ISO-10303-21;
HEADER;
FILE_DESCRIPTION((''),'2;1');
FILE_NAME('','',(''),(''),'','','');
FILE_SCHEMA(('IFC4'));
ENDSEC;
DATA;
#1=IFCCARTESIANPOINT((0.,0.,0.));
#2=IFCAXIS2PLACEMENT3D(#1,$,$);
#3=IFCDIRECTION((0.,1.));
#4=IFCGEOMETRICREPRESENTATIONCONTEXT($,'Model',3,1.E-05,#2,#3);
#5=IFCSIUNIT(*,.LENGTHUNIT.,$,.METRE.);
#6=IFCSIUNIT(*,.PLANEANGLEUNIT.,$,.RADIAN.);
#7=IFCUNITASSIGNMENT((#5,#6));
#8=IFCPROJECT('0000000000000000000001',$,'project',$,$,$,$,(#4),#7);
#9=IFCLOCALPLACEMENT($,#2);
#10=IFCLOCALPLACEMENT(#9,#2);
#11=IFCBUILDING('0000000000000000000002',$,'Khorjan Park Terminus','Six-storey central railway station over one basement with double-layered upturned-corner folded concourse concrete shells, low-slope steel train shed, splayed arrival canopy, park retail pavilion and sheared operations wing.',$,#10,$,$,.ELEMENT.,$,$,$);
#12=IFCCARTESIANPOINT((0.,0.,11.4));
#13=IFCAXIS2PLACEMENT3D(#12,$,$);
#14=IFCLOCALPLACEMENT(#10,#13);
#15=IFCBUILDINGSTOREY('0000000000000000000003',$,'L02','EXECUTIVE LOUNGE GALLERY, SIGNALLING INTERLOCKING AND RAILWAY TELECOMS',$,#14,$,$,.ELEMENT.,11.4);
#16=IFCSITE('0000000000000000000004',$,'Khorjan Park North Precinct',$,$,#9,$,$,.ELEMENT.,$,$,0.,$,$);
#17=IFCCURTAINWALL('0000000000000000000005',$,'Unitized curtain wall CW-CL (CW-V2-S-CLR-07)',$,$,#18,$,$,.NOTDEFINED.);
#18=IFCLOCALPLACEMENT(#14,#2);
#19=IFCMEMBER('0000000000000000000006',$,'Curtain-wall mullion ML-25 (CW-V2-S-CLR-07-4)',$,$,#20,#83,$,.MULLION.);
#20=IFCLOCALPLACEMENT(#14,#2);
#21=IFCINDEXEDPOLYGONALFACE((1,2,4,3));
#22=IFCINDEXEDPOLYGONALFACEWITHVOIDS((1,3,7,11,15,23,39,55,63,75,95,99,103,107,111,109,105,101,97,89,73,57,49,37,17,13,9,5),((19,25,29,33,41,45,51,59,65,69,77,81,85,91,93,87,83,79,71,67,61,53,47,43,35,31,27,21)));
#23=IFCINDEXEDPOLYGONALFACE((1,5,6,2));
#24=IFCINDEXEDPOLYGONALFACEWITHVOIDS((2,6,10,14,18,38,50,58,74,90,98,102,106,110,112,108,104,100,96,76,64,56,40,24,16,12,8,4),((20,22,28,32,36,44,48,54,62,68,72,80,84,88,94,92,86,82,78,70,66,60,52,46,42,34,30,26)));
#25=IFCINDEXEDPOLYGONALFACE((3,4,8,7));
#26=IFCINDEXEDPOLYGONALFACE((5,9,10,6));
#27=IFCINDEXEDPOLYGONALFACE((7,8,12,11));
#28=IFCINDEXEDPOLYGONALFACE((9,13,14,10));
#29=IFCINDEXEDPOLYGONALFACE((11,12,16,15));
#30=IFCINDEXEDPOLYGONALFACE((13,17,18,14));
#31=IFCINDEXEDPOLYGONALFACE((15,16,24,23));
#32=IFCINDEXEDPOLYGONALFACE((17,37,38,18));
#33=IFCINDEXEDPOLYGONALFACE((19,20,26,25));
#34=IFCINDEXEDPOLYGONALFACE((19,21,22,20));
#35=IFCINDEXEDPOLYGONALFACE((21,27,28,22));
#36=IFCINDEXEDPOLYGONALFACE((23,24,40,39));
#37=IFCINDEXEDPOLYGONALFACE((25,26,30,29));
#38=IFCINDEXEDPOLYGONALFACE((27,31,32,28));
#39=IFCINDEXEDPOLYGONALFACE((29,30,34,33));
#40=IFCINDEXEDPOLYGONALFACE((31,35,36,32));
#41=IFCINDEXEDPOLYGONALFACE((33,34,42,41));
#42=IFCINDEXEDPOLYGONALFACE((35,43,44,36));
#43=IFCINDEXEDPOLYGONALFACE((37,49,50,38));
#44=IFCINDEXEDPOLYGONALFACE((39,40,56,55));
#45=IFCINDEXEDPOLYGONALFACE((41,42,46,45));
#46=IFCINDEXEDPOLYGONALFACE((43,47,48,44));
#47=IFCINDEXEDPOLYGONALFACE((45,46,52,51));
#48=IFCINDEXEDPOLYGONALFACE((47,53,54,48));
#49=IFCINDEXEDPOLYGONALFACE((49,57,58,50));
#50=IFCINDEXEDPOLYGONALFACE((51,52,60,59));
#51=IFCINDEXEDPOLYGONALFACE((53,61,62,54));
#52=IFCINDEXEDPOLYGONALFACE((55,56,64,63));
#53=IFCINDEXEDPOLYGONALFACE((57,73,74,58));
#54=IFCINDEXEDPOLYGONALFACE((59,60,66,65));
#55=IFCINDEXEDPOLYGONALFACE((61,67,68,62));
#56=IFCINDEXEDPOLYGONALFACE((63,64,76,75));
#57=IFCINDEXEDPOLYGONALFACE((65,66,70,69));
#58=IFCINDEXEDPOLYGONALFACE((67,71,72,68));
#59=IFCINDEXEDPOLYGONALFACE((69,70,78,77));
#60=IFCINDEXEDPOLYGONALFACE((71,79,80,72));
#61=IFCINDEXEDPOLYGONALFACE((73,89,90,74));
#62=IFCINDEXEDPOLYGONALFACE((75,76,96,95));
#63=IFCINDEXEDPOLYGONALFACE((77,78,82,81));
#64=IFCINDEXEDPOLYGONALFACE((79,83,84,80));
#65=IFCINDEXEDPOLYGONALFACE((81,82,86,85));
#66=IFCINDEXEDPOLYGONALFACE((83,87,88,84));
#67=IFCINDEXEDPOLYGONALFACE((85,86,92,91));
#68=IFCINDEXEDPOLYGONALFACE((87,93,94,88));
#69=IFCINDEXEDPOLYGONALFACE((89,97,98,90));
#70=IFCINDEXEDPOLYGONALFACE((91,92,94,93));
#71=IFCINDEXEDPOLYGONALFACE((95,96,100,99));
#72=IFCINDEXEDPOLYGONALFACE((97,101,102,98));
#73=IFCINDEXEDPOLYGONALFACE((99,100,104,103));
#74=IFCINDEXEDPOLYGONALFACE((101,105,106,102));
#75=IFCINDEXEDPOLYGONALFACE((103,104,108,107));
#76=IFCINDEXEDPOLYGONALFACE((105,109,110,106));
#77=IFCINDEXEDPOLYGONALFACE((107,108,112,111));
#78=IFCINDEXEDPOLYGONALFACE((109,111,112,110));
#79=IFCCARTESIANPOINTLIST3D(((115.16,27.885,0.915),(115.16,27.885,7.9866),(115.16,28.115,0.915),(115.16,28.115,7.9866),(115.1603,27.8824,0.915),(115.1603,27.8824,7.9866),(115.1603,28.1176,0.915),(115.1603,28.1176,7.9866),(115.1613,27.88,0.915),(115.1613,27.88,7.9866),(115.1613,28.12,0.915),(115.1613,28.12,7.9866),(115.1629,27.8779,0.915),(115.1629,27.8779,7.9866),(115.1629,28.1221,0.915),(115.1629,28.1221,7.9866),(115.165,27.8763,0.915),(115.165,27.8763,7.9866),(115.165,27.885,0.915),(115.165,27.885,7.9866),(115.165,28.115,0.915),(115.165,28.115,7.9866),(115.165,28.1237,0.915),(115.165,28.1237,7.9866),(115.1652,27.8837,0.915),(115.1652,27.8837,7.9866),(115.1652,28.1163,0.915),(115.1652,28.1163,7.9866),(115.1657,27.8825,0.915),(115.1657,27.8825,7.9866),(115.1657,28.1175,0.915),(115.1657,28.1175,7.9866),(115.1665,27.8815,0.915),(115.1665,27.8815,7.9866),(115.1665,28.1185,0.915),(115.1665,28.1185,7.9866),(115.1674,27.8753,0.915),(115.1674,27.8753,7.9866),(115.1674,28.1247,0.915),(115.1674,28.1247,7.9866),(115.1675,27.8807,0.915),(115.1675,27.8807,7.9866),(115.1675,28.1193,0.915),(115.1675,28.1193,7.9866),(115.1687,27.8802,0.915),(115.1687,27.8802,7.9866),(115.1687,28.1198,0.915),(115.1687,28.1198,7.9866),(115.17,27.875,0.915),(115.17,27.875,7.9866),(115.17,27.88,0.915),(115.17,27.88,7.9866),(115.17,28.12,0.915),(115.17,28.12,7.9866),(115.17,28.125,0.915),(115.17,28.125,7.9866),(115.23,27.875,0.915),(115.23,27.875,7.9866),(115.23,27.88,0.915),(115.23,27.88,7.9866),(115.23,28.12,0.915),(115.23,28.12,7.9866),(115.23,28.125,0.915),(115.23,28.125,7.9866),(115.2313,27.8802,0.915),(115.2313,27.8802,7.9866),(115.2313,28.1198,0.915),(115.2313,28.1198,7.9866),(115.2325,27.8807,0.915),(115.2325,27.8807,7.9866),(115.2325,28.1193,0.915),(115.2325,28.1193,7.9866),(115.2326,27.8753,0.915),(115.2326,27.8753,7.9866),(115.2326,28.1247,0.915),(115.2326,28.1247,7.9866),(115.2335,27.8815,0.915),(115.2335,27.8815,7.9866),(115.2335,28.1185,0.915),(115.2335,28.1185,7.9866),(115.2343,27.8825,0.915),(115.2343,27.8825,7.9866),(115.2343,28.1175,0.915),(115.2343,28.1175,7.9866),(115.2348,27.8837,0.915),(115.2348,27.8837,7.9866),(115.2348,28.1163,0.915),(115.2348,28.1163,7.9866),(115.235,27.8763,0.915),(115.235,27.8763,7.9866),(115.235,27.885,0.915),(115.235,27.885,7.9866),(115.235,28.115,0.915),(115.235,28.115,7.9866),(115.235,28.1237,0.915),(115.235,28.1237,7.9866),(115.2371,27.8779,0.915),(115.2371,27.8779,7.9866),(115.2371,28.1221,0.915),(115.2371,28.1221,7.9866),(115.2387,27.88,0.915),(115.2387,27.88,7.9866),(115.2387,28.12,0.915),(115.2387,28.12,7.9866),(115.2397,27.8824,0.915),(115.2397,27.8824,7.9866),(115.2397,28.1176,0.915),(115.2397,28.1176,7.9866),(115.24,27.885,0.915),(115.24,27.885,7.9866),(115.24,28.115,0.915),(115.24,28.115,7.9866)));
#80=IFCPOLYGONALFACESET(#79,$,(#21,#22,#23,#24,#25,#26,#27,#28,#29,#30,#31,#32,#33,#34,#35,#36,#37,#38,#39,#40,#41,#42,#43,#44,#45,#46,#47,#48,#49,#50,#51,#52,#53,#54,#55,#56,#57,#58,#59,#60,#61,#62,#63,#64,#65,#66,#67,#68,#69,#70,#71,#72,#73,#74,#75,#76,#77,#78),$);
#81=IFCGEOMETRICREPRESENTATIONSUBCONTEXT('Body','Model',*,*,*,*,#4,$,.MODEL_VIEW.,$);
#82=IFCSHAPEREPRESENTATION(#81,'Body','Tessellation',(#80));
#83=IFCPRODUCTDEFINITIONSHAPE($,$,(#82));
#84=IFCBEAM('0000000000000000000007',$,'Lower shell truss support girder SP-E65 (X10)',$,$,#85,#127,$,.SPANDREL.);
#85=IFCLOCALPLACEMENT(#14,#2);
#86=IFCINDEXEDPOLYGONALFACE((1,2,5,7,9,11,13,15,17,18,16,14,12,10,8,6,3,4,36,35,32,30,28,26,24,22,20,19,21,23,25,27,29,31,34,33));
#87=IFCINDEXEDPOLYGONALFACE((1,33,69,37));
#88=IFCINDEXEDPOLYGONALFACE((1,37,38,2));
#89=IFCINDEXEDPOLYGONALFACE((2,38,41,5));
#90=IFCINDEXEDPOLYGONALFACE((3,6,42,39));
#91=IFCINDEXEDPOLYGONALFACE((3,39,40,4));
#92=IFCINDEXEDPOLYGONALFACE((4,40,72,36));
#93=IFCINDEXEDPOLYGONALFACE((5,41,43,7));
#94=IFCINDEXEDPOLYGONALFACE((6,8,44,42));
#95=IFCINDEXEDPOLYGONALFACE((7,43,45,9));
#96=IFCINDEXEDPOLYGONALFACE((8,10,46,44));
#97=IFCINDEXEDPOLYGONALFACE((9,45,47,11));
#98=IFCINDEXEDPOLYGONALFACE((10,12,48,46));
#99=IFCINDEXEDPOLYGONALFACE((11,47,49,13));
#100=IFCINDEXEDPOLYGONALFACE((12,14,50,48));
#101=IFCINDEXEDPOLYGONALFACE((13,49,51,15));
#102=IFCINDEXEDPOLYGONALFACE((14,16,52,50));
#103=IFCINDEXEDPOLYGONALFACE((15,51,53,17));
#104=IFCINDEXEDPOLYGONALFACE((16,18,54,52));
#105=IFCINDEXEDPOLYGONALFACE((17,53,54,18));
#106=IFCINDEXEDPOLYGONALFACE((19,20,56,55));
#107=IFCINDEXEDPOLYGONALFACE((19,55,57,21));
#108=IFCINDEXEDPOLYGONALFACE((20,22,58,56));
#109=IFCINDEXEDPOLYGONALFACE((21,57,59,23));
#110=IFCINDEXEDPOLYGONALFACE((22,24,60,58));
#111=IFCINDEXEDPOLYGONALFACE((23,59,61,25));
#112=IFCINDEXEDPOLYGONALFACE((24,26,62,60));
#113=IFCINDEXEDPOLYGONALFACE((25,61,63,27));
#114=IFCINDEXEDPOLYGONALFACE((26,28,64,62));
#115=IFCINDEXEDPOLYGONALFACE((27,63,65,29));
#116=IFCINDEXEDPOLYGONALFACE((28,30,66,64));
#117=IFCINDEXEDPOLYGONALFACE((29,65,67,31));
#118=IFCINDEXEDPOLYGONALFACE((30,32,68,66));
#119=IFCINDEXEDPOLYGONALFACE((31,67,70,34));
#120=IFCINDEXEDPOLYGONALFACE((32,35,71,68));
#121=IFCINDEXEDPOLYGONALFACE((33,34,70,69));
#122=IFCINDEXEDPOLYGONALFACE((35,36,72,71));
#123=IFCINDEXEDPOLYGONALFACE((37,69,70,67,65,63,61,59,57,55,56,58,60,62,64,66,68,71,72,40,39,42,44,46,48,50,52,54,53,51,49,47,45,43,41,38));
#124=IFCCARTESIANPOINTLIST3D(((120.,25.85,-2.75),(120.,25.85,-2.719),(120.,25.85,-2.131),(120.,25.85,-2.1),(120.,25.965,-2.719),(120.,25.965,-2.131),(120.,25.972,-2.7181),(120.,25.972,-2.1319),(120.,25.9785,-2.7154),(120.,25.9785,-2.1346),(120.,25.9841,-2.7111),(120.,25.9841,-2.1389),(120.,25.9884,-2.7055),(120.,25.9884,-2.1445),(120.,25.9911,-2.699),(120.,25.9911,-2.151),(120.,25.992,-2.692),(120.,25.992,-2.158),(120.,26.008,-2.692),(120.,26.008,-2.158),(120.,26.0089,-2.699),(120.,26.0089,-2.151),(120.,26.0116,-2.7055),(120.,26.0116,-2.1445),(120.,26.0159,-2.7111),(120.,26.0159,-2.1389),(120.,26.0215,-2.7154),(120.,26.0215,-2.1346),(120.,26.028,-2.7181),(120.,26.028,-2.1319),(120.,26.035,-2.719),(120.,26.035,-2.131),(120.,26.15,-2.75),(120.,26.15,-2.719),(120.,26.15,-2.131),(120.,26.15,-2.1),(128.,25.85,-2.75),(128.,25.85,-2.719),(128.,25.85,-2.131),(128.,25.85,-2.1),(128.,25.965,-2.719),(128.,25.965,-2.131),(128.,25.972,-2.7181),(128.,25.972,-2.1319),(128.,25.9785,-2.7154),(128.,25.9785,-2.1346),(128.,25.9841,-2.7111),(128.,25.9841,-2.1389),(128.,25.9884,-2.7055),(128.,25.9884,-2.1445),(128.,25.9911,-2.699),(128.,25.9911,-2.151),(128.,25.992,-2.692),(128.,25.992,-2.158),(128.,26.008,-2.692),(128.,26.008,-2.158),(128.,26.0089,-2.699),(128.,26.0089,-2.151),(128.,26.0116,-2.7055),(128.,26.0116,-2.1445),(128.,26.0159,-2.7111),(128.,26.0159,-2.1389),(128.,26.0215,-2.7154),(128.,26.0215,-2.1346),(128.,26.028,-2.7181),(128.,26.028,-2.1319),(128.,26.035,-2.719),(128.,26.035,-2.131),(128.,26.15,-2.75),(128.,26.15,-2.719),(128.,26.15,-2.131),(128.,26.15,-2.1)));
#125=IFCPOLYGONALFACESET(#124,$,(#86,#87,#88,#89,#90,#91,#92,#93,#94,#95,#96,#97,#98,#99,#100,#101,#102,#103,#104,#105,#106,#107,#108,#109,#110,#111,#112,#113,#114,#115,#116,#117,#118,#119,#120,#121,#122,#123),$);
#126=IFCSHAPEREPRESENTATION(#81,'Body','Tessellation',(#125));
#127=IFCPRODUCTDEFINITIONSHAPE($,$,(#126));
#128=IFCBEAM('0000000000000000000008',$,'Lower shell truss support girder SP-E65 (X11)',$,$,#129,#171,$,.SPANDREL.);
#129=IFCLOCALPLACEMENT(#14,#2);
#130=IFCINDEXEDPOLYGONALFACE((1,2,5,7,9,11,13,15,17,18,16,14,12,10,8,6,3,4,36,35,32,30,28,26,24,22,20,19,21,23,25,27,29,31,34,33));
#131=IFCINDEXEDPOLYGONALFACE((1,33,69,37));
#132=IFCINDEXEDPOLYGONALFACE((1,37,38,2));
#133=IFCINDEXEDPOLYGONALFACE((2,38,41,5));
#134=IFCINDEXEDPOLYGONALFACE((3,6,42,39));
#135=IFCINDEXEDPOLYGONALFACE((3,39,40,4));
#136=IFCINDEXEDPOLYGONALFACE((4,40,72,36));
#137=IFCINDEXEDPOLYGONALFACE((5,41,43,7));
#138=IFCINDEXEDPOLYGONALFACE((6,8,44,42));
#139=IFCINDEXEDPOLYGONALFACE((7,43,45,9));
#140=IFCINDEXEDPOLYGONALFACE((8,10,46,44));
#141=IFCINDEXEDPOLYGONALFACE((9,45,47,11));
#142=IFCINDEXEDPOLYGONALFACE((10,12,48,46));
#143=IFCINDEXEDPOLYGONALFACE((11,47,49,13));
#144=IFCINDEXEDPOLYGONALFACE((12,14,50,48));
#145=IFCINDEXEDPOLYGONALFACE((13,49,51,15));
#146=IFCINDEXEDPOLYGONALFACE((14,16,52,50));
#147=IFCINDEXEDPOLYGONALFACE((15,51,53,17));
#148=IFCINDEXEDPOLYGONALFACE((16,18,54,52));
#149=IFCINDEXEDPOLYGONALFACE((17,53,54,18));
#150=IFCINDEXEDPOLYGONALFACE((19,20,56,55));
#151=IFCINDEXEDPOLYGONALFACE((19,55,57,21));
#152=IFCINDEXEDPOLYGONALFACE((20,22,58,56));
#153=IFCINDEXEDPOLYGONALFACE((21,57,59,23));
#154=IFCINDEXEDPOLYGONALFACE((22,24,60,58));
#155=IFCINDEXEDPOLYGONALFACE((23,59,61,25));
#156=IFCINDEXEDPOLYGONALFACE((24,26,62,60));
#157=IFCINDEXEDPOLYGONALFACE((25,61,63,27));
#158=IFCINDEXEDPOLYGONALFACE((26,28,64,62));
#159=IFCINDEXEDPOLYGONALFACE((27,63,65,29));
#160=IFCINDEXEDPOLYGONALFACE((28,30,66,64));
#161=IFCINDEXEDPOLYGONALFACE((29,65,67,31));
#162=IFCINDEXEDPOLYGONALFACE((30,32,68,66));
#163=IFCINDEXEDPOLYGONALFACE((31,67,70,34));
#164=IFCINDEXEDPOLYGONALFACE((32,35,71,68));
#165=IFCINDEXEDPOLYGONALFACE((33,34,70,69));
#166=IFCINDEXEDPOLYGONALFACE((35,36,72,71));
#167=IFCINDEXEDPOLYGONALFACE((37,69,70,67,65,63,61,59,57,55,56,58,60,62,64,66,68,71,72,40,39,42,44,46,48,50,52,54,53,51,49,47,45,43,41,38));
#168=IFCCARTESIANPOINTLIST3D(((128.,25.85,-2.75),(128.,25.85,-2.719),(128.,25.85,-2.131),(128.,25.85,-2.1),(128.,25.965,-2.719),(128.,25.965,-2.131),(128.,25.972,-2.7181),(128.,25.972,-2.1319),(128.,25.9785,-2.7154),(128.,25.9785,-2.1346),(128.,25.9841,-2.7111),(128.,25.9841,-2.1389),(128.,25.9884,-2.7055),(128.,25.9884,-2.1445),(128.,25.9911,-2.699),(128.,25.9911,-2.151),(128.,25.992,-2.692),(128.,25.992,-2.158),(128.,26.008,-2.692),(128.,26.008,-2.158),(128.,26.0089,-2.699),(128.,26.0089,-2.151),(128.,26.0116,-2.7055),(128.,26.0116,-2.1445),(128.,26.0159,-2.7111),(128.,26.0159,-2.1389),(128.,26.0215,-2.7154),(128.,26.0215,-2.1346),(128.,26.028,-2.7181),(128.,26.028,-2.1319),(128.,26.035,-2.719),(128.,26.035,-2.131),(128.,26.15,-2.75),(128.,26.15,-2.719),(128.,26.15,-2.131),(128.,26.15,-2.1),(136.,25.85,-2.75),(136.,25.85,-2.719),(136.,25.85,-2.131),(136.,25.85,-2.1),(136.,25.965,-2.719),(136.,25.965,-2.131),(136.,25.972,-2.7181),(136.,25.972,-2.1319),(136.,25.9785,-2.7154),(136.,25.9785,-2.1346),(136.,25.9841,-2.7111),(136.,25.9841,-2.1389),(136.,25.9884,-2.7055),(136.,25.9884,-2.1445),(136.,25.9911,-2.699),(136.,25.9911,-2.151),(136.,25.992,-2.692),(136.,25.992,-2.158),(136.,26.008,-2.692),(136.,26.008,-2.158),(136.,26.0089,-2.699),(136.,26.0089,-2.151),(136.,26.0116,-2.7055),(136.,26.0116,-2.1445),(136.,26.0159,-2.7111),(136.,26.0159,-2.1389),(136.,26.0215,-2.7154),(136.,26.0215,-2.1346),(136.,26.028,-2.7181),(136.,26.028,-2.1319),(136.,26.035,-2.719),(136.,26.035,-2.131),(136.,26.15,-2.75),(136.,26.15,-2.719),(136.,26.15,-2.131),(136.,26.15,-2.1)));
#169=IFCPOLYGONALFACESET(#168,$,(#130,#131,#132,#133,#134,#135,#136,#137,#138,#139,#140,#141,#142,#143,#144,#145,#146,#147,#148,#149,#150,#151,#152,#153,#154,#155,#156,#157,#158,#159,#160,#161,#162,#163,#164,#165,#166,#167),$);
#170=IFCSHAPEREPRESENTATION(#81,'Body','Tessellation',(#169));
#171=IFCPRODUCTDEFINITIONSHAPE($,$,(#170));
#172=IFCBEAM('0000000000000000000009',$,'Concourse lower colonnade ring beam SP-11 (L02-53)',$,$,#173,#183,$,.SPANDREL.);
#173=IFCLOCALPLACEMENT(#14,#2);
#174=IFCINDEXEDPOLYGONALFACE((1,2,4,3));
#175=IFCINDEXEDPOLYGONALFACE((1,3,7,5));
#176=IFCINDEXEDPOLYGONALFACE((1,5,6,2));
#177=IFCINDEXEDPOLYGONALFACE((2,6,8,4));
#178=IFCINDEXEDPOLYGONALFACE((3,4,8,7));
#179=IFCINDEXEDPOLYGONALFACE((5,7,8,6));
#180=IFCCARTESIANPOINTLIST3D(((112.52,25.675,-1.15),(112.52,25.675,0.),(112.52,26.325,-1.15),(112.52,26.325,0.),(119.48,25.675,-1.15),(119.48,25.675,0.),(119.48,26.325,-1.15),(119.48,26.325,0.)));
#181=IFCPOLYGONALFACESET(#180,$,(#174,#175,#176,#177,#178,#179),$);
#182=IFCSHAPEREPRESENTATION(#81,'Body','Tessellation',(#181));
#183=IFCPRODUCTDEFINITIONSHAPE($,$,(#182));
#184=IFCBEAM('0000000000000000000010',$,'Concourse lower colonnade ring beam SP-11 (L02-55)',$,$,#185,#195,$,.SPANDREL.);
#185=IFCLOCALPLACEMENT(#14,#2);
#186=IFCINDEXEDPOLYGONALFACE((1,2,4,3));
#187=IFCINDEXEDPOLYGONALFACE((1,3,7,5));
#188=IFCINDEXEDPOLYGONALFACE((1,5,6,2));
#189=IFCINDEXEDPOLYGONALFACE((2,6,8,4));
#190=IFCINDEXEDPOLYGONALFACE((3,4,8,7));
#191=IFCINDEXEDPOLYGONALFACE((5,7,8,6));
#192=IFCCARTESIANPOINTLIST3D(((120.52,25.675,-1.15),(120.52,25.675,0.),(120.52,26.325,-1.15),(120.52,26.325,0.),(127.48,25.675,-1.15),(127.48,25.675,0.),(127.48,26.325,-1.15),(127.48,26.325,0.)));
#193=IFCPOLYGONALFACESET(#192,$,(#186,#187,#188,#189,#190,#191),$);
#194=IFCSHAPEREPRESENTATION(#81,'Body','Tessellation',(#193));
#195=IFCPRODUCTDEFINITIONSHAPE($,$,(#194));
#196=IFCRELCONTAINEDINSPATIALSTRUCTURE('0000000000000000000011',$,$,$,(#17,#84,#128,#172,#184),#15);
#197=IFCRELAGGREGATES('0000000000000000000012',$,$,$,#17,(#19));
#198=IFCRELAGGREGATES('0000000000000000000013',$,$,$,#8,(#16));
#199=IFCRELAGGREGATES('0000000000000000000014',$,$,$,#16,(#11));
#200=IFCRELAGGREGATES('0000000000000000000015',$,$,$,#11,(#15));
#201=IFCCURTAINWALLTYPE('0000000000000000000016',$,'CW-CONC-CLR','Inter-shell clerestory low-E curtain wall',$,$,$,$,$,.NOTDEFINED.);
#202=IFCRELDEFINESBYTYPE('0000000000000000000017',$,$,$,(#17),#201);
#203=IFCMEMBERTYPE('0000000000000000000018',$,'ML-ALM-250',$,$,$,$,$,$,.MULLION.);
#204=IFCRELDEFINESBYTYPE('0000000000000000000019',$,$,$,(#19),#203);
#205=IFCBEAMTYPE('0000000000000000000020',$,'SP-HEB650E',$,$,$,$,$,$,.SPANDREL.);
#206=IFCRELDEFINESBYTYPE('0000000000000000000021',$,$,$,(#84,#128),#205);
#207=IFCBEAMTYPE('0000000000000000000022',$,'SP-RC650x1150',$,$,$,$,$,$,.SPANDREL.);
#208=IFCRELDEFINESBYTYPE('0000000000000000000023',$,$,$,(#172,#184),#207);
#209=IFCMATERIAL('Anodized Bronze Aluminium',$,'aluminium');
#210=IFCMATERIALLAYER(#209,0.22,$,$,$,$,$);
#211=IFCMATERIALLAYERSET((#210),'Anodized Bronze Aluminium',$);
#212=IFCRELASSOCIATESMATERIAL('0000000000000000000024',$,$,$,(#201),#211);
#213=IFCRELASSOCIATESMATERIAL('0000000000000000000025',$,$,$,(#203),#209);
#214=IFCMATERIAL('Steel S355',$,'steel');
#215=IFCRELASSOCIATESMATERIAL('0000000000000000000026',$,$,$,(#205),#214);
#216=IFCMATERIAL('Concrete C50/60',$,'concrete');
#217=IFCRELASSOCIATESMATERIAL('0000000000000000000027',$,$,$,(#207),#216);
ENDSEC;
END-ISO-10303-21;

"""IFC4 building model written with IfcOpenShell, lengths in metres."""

from ifc_helpers import new_model, si_unit, direction, frame, origin, origin_2d, place, context, subcontext, project, spatial, rectangle, hollow_rectangle, i_section, extrude, material, layer, layer_set, material_profile, profile_set, type_object, element, aggregate, save


model = new_model("IFC4")

# Units and contexts
model_context = context("Model", 3, precision=1e-05, world=origin(), true_north=direction((0.0, 1.0)))
body_context = subcontext(model_context, "Body", "Model", "MODEL_VIEW")
ifc_project = project(units=[si_unit("LENGTHUNIT", "METRE"), si_unit("PLANEANGLEUNIT", "RADIAN")], contexts=[model_context])

# Site, building, storey
site_placement = place(None, origin())
site = spatial("IfcSite", under=ifc_project, at=site_placement, Name="Khorjan Park North Precinct", CompositionType="ELEMENT", RefElevation=0.0)
building_placement = place(site_placement, origin())
building = spatial("IfcBuilding", under=site, at=building_placement, Name="Khorjan Park Terminus", Description="Six-storey central railway station over one basement with double-layered upturned-corner folded concourse concrete shells, low-slope steel train shed, splayed arrival canopy, park retail pavilion and sheared operations wing.", CompositionType="ELEMENT")
storey_placement = place(building_placement, frame((0.0, 0.0, 11.4)))
storey = spatial("IfcBuildingStorey", under=building, at=storey_placement, Name="L02", Description="EXECUTIVE LOUNGE GALLERY, SIGNALLING INTERLOCKING AND RAILWAY TELECOMS", CompositionType="ELEMENT", Elevation=11.4)

# Shared definitions
ifc_material_1 = material(Name="Concrete C50/60", Category="concrete")

# Shared definitions
ifc_material_2 = material(Name="Steel S355", Category="steel")

# Curtain wall, member
ifc_material_3 = material(Name="Anodized Bronze Aluminium", Category="aluminium")
ifc_layer_1 = layer(ifc_material_3, 0.22)
ifc_layer_set_1 = layer_set([ifc_layer_1], Name="Anodized Bronze Aluminium")
curtain_wall_type = type_object("IfcCurtainWallType", Name="CW-CONC-CLR", Description="Inter-shell clerestory low-E curtain wall", PredefinedType="NOTDEFINED", material=ifc_layer_set_1)
curtain_wall_placement = place(storey_placement, origin())
curtain_wall = element("IfcCurtainWall", 1, at=curtain_wall_placement, inside=storey, type_object=curtain_wall_type, Name="Unitized curtain wall CW-CL (CW-V2-S-CLR-07)", PredefinedType="NOTDEFINED")
ifc_material_profile_1 = material_profile(ifc_material_3, hollow_rectangle(XDim=0.08, YDim=0.25, WallThickness=0.005, InnerFilletRadius=0.005, OuterFilletRadius=0.01, at=origin_2d()), Name="ALM 80x250x5")
ifc_profile_set_1 = profile_set([ifc_material_profile_1], Name="Anodized Bronze Aluminium")
member_type_1 = type_object("IfcMemberType", Name="ML-ALM-250", PredefinedType="MULLION", material=ifc_profile_set_1)
member_1_placement = place(storey_placement, frame((115.2, 28.0, 0.915), z_axis=(0.0, 0.0, 1.0), x_axis=(1.0, 0.0, 0.0)))
member_1 = element("IfcMember", 2, at=member_1_placement, type_object=member_type_1, Name="Curtain-wall mullion ML-25 (CW-V2-S-CLR-07-4)", PredefinedType="MULLION", context=body_context, shape_type="SweptSolid", body=[
    extrude(hollow_rectangle(XDim=0.08, YDim=0.25, WallThickness=0.005, InnerFilletRadius=0.005, OuterFilletRadius=0.01, at=origin_2d()), origin(), (0.0, 0.0, 1.0), 7.0716),
])

# Beams
ifc_material_profile_2 = material_profile(ifc_material_2, i_section(OverallWidth=0.3, OverallDepth=0.65, WebThickness=0.016, FlangeThickness=0.031, FilletRadius=0.027, at=origin_2d()), Name="HEB 650")
ifc_profile_set_2 = profile_set([ifc_material_profile_2], Name="Steel S355")
beam_type_1 = type_object("IfcBeamType", Name="SP-HEB650E", PredefinedType="SPANDREL", material=ifc_profile_set_2)
for number, where, z_axis, x_axis, name in (
    (3, (120.0, 26.0, -2.425), (1.0, 0.0, 0.0), (0.0, 1.0, 0.0), "Lower shell truss support girder SP-E65 (X10)"),
    (4, (128.0, 26.0, -2.425), (1.0, 0.0, 0.0), (0.0, 1.0, 0.0), "Lower shell truss support girder SP-E65 (X11)"),
):
    element("IfcBeam", number, at=place(storey_placement, frame(where, z_axis=z_axis, x_axis=x_axis)), inside=storey, type_object=beam_type_1, Name=name, PredefinedType="SPANDREL", context=body_context, shape_type="SweptSolid", body=[
        extrude(i_section(OverallWidth=0.3, OverallDepth=0.65, WebThickness=0.016, FlangeThickness=0.031, FilletRadius=0.027, at=origin_2d()), origin(), (0.0, 0.0, 1.0), 8.0),
    ])
ifc_material_profile_3 = material_profile(ifc_material_1, rectangle(XDim=0.65, YDim=1.15, at=origin_2d()), Name="RC 650x1150")
ifc_profile_set_3 = profile_set([ifc_material_profile_3], Name="Concrete C50/60")
beam_type_2 = type_object("IfcBeamType", Name="SP-RC650x1150", PredefinedType="SPANDREL", material=ifc_profile_set_3)
for number, where, z_axis, x_axis, name in (
    (5, (112.52, 26.0, -0.575), (1.0, 0.0, 0.0), (0.0, 1.0, 0.0), "Concourse lower colonnade ring beam SP-11 (L02-53)"),
    (6, (120.52, 26.0, -0.575), (1.0, 0.0, 0.0), (0.0, 1.0, 0.0), "Concourse lower colonnade ring beam SP-11 (L02-55)"),
):
    element("IfcBeam", number, at=place(storey_placement, frame(where, z_axis=z_axis, x_axis=x_axis)), inside=storey, type_object=beam_type_2, Name=name, PredefinedType="SPANDREL", context=body_context, shape_type="SweptSolid", body=[
        extrude(rectangle(XDim=0.65, YDim=1.15, at=origin_2d()), origin(), (0.0, 0.0, 1.0), 6.96),
    ])

aggregate(curtain_wall, [member_1])

save(model, "model.ifc")
